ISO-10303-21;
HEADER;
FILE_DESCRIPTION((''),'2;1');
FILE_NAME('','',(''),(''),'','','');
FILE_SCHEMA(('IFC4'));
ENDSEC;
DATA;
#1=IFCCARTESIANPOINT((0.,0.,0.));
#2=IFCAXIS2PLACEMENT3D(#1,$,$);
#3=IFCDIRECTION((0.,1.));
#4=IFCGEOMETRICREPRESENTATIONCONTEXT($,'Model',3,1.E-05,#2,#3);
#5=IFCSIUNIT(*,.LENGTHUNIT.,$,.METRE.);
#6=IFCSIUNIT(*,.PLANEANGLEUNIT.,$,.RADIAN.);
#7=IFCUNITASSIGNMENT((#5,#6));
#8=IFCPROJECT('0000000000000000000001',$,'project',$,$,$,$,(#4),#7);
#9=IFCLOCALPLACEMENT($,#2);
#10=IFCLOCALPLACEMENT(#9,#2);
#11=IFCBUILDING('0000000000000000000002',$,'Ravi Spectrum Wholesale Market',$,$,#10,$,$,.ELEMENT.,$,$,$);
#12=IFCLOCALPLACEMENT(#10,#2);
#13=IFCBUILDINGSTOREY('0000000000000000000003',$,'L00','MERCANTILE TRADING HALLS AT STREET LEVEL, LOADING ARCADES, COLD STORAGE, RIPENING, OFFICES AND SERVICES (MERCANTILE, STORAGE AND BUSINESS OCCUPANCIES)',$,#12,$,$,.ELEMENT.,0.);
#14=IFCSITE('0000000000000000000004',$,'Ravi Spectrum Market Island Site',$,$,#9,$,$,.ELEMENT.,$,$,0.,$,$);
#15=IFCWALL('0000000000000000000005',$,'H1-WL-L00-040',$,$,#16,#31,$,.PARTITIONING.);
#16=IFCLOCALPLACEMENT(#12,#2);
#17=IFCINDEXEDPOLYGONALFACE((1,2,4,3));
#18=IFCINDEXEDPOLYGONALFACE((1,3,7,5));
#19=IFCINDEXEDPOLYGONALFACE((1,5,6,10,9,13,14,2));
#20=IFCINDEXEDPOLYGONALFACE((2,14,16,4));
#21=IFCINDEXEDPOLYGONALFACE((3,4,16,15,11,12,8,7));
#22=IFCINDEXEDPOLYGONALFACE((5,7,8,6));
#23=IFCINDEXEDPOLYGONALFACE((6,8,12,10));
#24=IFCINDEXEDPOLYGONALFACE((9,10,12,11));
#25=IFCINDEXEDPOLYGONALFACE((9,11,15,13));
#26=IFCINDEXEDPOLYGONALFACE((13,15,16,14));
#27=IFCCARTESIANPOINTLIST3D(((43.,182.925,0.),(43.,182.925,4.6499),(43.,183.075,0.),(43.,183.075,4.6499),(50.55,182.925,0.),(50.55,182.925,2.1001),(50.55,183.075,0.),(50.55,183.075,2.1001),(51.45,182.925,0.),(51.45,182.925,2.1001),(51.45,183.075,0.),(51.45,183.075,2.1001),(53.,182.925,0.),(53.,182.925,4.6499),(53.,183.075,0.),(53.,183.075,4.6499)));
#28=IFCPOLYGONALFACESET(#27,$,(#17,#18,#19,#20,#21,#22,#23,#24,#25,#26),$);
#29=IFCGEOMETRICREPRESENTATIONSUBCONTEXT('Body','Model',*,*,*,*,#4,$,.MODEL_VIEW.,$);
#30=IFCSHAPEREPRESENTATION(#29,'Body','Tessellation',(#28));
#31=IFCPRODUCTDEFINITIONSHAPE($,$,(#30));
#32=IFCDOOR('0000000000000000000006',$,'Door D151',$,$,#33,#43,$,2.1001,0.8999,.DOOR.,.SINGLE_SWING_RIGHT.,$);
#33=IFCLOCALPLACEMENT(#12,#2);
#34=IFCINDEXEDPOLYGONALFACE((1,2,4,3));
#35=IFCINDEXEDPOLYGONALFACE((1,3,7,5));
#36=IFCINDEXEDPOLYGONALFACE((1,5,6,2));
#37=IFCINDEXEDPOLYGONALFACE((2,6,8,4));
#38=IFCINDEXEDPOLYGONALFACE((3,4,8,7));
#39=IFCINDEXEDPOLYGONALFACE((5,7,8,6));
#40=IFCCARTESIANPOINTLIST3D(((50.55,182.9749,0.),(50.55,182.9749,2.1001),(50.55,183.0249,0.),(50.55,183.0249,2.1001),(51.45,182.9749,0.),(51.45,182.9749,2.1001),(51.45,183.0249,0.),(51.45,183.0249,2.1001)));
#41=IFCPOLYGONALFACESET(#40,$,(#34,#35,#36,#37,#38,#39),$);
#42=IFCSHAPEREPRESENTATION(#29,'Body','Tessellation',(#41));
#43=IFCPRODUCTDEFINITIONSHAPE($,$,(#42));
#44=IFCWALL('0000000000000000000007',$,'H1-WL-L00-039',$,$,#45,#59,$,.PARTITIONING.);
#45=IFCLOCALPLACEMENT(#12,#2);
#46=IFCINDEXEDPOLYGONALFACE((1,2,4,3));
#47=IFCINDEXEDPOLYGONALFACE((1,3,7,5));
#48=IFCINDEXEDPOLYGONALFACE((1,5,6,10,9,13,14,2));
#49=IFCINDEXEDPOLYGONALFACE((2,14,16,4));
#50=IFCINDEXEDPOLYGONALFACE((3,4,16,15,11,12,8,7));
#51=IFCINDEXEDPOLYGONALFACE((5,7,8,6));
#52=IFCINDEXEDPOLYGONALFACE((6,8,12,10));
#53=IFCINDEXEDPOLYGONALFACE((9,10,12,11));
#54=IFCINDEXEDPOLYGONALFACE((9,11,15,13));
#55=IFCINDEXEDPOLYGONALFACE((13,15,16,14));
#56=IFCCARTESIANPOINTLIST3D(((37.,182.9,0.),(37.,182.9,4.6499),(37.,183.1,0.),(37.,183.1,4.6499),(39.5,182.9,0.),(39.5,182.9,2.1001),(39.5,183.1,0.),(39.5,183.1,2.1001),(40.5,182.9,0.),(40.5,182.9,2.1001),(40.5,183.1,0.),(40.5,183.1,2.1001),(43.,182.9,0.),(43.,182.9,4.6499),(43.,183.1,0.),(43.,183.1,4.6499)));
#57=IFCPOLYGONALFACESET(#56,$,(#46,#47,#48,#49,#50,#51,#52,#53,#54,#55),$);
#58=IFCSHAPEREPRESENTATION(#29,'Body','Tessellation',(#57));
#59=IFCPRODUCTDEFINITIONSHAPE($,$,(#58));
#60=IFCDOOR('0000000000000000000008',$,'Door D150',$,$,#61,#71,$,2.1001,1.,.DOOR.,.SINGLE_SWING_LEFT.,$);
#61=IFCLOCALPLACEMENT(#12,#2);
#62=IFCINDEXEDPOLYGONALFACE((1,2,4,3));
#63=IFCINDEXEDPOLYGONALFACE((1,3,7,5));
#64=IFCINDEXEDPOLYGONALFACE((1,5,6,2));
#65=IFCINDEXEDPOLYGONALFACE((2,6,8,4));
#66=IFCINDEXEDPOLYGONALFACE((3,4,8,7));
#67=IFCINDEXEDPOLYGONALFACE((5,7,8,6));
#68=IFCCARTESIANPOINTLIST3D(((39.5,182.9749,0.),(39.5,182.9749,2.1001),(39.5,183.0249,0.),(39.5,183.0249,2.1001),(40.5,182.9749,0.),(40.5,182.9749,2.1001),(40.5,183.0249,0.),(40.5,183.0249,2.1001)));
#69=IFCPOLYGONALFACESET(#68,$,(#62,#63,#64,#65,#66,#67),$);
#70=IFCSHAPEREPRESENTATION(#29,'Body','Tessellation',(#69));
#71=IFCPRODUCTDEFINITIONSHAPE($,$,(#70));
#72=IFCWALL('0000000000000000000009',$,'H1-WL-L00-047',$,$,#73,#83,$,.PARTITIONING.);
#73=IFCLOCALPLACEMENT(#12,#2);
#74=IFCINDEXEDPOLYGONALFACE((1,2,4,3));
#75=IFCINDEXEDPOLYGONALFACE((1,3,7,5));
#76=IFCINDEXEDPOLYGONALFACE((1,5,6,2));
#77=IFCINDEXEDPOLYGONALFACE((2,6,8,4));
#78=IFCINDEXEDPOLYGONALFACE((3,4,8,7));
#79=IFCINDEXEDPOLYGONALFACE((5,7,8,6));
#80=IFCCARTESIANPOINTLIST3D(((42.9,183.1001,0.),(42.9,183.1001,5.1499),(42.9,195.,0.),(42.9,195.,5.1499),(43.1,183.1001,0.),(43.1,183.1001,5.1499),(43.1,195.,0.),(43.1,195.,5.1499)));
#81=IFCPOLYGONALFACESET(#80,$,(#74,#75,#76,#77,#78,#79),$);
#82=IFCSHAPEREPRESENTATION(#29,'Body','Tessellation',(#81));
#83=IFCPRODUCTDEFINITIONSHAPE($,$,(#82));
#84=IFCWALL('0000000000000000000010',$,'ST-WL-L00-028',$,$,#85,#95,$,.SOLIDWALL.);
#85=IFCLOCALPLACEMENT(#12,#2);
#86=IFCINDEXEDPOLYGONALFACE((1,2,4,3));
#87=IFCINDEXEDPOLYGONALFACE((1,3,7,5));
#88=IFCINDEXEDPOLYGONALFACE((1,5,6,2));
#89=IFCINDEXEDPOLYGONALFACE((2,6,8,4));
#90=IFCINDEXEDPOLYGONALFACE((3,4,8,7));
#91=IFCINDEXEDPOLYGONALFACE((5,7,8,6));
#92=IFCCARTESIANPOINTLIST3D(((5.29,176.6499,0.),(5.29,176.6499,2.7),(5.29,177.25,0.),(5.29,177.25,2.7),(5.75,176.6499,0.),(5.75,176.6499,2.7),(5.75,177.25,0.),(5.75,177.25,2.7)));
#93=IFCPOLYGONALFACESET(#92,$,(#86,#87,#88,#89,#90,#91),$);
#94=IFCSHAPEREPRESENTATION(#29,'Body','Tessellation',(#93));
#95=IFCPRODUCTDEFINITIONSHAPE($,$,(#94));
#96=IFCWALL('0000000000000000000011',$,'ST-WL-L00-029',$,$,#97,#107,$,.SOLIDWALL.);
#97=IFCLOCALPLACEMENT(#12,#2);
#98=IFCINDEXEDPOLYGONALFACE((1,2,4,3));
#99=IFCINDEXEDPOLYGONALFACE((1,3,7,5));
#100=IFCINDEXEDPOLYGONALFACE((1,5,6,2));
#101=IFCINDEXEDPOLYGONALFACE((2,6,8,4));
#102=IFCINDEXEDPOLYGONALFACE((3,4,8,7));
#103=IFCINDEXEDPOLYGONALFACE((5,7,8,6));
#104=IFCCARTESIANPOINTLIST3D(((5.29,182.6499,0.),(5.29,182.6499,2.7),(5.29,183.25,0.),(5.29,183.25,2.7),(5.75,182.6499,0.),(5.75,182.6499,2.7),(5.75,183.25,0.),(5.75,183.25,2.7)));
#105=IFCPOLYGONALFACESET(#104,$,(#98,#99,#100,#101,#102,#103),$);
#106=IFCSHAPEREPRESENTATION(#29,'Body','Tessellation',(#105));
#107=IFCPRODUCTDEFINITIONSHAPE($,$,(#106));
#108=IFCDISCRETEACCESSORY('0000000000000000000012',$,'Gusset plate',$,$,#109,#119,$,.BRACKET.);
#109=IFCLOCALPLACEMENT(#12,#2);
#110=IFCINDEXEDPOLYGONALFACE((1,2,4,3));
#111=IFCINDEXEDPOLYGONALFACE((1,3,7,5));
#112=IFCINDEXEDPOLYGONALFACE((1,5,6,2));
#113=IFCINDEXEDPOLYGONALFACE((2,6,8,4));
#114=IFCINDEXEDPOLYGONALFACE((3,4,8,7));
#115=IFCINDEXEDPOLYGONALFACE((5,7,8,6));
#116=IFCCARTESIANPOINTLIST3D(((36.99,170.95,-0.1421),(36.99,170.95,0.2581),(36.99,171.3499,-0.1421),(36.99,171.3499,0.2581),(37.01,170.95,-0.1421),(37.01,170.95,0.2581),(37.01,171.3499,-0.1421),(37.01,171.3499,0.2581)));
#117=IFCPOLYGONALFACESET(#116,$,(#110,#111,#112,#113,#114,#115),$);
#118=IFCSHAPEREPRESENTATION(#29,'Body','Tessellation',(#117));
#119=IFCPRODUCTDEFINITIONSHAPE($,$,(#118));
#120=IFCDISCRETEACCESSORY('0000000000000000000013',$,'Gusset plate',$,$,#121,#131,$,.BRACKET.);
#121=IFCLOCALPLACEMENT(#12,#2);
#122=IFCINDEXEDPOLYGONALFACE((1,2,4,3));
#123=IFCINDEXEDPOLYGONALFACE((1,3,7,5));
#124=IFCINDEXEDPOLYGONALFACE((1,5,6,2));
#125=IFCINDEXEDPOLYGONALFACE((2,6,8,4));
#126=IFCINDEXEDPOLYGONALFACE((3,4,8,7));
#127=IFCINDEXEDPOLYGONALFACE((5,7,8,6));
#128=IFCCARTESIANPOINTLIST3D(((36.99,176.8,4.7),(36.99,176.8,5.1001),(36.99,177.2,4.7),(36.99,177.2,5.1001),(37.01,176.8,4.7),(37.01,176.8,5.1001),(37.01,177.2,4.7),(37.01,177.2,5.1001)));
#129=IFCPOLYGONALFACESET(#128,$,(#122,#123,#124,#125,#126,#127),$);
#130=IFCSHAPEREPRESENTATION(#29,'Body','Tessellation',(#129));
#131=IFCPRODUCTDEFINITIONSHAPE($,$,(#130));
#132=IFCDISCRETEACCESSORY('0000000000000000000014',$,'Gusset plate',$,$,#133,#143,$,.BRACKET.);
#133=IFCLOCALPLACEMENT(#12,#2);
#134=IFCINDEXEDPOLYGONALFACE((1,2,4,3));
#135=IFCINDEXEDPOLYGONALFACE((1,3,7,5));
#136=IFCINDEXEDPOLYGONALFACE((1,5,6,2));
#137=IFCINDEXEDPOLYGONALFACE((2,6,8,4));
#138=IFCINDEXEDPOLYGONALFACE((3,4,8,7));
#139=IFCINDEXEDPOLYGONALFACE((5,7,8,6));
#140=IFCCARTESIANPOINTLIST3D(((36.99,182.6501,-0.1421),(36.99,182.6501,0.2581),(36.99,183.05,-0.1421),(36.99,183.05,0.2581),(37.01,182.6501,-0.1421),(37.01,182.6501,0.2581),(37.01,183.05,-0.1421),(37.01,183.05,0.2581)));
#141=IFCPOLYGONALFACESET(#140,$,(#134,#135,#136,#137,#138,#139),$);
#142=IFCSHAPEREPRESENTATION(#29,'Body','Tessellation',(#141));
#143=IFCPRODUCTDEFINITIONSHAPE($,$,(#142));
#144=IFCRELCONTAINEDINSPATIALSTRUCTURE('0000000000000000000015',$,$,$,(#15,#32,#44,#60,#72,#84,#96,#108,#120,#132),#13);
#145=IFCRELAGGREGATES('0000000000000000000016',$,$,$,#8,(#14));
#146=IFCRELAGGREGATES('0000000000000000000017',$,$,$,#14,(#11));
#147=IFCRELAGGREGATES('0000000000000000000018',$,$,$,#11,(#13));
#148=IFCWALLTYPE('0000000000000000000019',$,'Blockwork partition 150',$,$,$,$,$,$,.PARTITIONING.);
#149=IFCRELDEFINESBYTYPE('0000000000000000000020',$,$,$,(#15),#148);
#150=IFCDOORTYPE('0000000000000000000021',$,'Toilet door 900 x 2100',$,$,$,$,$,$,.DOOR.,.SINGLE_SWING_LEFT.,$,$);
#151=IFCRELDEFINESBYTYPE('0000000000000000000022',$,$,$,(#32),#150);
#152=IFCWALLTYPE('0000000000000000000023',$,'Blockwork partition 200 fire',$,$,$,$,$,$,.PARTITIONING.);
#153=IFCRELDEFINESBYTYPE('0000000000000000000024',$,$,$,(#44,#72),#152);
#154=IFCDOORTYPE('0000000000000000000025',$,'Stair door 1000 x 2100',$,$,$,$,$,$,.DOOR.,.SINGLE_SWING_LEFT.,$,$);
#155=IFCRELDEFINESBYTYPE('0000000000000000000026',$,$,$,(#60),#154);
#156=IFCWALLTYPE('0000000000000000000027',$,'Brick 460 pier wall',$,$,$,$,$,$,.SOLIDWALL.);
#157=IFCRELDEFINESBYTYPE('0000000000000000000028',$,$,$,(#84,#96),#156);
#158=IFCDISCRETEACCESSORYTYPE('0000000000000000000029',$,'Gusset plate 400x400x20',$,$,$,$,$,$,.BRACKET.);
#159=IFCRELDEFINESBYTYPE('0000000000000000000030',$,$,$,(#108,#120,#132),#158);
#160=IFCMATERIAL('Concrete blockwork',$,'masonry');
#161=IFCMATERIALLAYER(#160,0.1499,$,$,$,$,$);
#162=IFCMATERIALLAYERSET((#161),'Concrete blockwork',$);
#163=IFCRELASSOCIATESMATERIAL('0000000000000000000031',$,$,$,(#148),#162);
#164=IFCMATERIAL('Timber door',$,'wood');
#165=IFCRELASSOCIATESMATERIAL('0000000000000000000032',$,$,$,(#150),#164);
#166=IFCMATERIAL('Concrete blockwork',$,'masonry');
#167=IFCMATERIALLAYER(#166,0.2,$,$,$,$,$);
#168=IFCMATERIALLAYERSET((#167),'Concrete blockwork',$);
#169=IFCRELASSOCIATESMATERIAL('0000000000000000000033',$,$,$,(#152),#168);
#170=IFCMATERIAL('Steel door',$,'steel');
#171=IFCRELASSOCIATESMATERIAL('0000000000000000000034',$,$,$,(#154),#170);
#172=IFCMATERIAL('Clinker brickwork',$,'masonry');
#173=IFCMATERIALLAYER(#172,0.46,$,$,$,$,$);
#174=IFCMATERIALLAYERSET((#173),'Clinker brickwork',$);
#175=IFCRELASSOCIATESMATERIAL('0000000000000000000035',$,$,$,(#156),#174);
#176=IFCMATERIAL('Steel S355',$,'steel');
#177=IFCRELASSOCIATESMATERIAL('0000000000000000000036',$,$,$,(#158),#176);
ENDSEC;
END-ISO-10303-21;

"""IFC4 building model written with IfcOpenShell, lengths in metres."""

from ifc_helpers import new_model, si_unit, direction, frame, frame_2d, origin, origin_2d, place, context, subcontext, project, spatial, rectangle, extrude, material, layer, layer_set, material_profile, profile_set, type_object, element, fill, save


model = new_model("IFC4")

# Units and contexts
model_context = context("Model", 3, precision=1e-05, world=origin(), true_north=direction((0.0, 1.0)))
body_context = subcontext(model_context, "Body", "Model", "MODEL_VIEW")
ifc_project = project(units=[si_unit("LENGTHUNIT", "METRE"), si_unit("PLANEANGLEUNIT", "RADIAN")], contexts=[model_context])

# Site, building, storey
site_placement = place(None, origin())
site = spatial("IfcSite", under=ifc_project, at=site_placement, Name="Ravi Spectrum Market Island Site", CompositionType="ELEMENT", RefElevation=0.0)
building_placement = place(site_placement, origin())
building = spatial("IfcBuilding", under=site, at=building_placement, Name="Ravi Spectrum Wholesale Market", CompositionType="ELEMENT")
storey_placement = place(building_placement, origin())
storey = spatial("IfcBuildingStorey", under=building, at=storey_placement, Name="L00", Description="MERCANTILE TRADING HALLS AT STREET LEVEL, LOADING ARCADES, COLD STORAGE, RIPENING, OFFICES AND SERVICES (MERCANTILE, STORAGE AND BUSINESS OCCUPANCIES)", CompositionType="ELEMENT", Elevation=0.0)

# Walls, openings, doors
ifc_material_1 = material(Name="Concrete blockwork", Category="masonry")
ifc_layer_1 = layer(ifc_material_1, 0.1499)
ifc_layer_set_1 = layer_set([ifc_layer_1], Name="Concrete blockwork")
wall_type_1 = type_object("IfcWallType", Name="Blockwork partition 150", PredefinedType="PARTITIONING", material=ifc_layer_set_1)
wall_1_placement = place(storey_placement, frame((43.0, 183.0, 0.0), z_axis=(0.0, 0.0, 1.0), x_axis=(1.0, 0.0, 0.0)))
wall_1 = element("IfcWall", 1, at=wall_1_placement, inside=storey, type_object=wall_type_1, Name="H1-WL-L00-040", PredefinedType="PARTITIONING", context=body_context, shape_type="SweptSolid", body=[
    extrude(rectangle(XDim=10.0, YDim=0.1499, at=frame_2d((5.0, 0.0))), origin(), (0.0, 0.0, 1.0), 4.6499),
])
opening_1_placement = place(wall_1_placement, frame((7.55, 0.0, 0.0)))
opening_1 = element("IfcOpeningElement", 2, at=opening_1_placement, cuts=wall_1, PredefinedType="OPENING", context=body_context, shape_type="SweptSolid", body=[
    extrude(rectangle(XDim=0.8999, YDim=2.1001, at=frame_2d((0.45, 1.05))), frame((0.0, 0.085, 0.0), z_axis=(0.0, -1.0, 0.0), x_axis=(1.0, 0.0, 0.0)), (0.0, 0.0, 1.0), 0.1699),
])
ifc_material_2 = material(Name="Timber door", Category="wood")
door_type_1 = type_object("IfcDoorType", Name="Toilet door 900 x 2100", OperationType="SINGLE_SWING_LEFT", PredefinedType="DOOR", material=ifc_material_2)
door_1_placement = place(opening_1_placement, origin())
door_1 = element("IfcDoor", 3, at=door_1_placement, inside=storey, type_object=door_type_1, Name="Door D151", OperationType="SINGLE_SWING_RIGHT", OverallHeight=2.1001, OverallWidth=0.8999, PredefinedType="DOOR", context=body_context, shape_type="SweptSolid", body=[
    extrude(rectangle(XDim=0.8999, YDim=2.1001, at=frame_2d((0.45, 1.05))), frame((0.0, 0.0249, 0.0), z_axis=(0.0, -1.0, 0.0), x_axis=(1.0, 0.0, 0.0)), (0.0, 0.0, 1.0), 0.05),
])
fill(opening_1, door_1)
ifc_material_3 = material(Name="Concrete blockwork", Category="masonry")
ifc_layer_2 = layer(ifc_material_3, 0.2)
ifc_layer_set_2 = layer_set([ifc_layer_2], Name="Concrete blockwork")
wall_type_2 = type_object("IfcWallType", Name="Blockwork partition 200 fire", PredefinedType="PARTITIONING", material=ifc_layer_set_2)
wall_2_placement = place(storey_placement, frame((37.0, 183.0, 0.0), z_axis=(0.0, 0.0, 1.0), x_axis=(1.0, 0.0, 0.0)))
wall_2 = element("IfcWall", 4, at=wall_2_placement, inside=storey, type_object=wall_type_2, Name="H1-WL-L00-039", PredefinedType="PARTITIONING", context=body_context, shape_type="SweptSolid", body=[
    extrude(rectangle(XDim=6.0, YDim=0.2, at=frame_2d((3.0, 0.0))), origin(), (0.0, 0.0, 1.0), 4.6499),
])
opening_2_placement = place(wall_2_placement, frame((2.5, 0.0, 0.0)))
opening_2 = element("IfcOpeningElement", 5, at=opening_2_placement, cuts=wall_2, PredefinedType="OPENING", context=body_context, shape_type="SweptSolid", body=[
    extrude(rectangle(XDim=1.0, YDim=2.1001, at=frame_2d((0.5, 1.05))), frame((0.0, 0.1099, 0.0), z_axis=(0.0, -1.0, 0.0), x_axis=(1.0, 0.0, 0.0)), (0.0, 0.0, 1.0), 0.22),
])
ifc_material_4 = material(Name="Steel door", Category="steel")
door_type_2 = type_object("IfcDoorType", Name="Stair door 1000 x 2100", OperationType="SINGLE_SWING_LEFT", PredefinedType="DOOR", material=ifc_material_4)
door_2_placement = place(opening_2_placement, origin())
door_2 = element("IfcDoor", 6, at=door_2_placement, inside=storey, type_object=door_type_2, Name="Door D150", OperationType="SINGLE_SWING_LEFT", OverallHeight=2.1001, OverallWidth=1.0, PredefinedType="DOOR", context=body_context, shape_type="SweptSolid", body=[
    extrude(rectangle(XDim=1.0, YDim=2.1001, at=frame_2d((0.5, 1.05))), frame((0.0, 0.0249, 0.0), z_axis=(0.0, -1.0, 0.0), x_axis=(1.0, 0.0, 0.0)), (0.0, 0.0, 1.0), 0.05),
])
fill(opening_2, door_2)

# Walls
wall_3_placement = place(storey_placement, frame((43.0, 183.1001, 0.0), z_axis=(0.0, 0.0, 1.0), x_axis=(0.0, 1.0, 0.0)))
element("IfcWall", 7, at=wall_3_placement, inside=storey, type_object=wall_type_2, Name="H1-WL-L00-047", PredefinedType="PARTITIONING", context=body_context, shape_type="SweptSolid", body=[
    extrude(rectangle(XDim=11.8999, YDim=0.2, at=frame_2d((5.95, 0.0))), origin(), (0.0, 0.0, 1.0), 5.1499),
])
ifc_material_5 = material(Name="Clinker brickwork", Category="masonry")
ifc_layer_3 = layer(ifc_material_5, 0.46)
ifc_layer_set_3 = layer_set([ifc_layer_3], Name="Clinker brickwork")
wall_type_3 = type_object("IfcWallType", Name="Brick 460 pier wall", PredefinedType="SOLIDWALL", material=ifc_layer_set_3)
for number, where, z_axis, x_axis, name in (
    (8, (5.52, 176.6499, 0.0), (0.0, 0.0, 1.0), (0.0, 1.0, 0.0), "ST-WL-L00-028"),
    (9, (5.52, 182.6499, 0.0), (0.0, 0.0, 1.0), (0.0, 1.0, 0.0), "ST-WL-L00-029"),
):
    element("IfcWall", number, at=place(storey_placement, frame(where, z_axis=z_axis, x_axis=x_axis)), inside=storey, type_object=wall_type_3, Name=name, PredefinedType="SOLIDWALL", context=body_context, shape_type="SweptSolid", body=[
        extrude(rectangle(XDim=0.6001, YDim=0.46, at=frame_2d((0.3, 0.0))), origin(), (0.0, 0.0, 1.0), 2.7),
    ])

# Discrete accessories
ifc_material_6 = material(Name="Steel S355", Category="steel")
ifc_material_profile_1 = material_profile(ifc_material_6, rectangle(XDim=0.3999, YDim=0.02, at=origin_2d()))
ifc_profile_set_1 = profile_set([ifc_material_profile_1], Name="Steel S355")
discrete_accessory_type = type_object("IfcDiscreteAccessoryType", Name="Gusset plate 400x400x20", PredefinedType="BRACKET", material=ifc_profile_set_1)
for number, where, z_axis, x_axis, name in (
    (10, (37.0, 171.1499, -0.1421), (0.0, 0.0, 1.0), (0.0, 1.0, 0.0), "Gusset plate"),
    (11, (37.0, 177.0, 4.7), (0.0, 0.0, 1.0), (0.0, 1.0, 0.0), "Gusset plate"),
    (12, (37.0, 182.8501, -0.1421), (0.0, 0.0, 1.0), (0.0, -1.0, 0.0), "Gusset plate"),
):
    element("IfcDiscreteAccessory", number, at=place(storey_placement, frame(where, z_axis=z_axis, x_axis=x_axis)), inside=storey, type_object=discrete_accessory_type, Name=name, PredefinedType="BRACKET", context=body_context, shape_type="SweptSolid", body=[
        extrude(rectangle(XDim=0.3999, YDim=0.02, at=origin_2d()), origin(), (0.0, 0.0, 1.0), 0.4001),
    ])

save(model, "model.ifc")
